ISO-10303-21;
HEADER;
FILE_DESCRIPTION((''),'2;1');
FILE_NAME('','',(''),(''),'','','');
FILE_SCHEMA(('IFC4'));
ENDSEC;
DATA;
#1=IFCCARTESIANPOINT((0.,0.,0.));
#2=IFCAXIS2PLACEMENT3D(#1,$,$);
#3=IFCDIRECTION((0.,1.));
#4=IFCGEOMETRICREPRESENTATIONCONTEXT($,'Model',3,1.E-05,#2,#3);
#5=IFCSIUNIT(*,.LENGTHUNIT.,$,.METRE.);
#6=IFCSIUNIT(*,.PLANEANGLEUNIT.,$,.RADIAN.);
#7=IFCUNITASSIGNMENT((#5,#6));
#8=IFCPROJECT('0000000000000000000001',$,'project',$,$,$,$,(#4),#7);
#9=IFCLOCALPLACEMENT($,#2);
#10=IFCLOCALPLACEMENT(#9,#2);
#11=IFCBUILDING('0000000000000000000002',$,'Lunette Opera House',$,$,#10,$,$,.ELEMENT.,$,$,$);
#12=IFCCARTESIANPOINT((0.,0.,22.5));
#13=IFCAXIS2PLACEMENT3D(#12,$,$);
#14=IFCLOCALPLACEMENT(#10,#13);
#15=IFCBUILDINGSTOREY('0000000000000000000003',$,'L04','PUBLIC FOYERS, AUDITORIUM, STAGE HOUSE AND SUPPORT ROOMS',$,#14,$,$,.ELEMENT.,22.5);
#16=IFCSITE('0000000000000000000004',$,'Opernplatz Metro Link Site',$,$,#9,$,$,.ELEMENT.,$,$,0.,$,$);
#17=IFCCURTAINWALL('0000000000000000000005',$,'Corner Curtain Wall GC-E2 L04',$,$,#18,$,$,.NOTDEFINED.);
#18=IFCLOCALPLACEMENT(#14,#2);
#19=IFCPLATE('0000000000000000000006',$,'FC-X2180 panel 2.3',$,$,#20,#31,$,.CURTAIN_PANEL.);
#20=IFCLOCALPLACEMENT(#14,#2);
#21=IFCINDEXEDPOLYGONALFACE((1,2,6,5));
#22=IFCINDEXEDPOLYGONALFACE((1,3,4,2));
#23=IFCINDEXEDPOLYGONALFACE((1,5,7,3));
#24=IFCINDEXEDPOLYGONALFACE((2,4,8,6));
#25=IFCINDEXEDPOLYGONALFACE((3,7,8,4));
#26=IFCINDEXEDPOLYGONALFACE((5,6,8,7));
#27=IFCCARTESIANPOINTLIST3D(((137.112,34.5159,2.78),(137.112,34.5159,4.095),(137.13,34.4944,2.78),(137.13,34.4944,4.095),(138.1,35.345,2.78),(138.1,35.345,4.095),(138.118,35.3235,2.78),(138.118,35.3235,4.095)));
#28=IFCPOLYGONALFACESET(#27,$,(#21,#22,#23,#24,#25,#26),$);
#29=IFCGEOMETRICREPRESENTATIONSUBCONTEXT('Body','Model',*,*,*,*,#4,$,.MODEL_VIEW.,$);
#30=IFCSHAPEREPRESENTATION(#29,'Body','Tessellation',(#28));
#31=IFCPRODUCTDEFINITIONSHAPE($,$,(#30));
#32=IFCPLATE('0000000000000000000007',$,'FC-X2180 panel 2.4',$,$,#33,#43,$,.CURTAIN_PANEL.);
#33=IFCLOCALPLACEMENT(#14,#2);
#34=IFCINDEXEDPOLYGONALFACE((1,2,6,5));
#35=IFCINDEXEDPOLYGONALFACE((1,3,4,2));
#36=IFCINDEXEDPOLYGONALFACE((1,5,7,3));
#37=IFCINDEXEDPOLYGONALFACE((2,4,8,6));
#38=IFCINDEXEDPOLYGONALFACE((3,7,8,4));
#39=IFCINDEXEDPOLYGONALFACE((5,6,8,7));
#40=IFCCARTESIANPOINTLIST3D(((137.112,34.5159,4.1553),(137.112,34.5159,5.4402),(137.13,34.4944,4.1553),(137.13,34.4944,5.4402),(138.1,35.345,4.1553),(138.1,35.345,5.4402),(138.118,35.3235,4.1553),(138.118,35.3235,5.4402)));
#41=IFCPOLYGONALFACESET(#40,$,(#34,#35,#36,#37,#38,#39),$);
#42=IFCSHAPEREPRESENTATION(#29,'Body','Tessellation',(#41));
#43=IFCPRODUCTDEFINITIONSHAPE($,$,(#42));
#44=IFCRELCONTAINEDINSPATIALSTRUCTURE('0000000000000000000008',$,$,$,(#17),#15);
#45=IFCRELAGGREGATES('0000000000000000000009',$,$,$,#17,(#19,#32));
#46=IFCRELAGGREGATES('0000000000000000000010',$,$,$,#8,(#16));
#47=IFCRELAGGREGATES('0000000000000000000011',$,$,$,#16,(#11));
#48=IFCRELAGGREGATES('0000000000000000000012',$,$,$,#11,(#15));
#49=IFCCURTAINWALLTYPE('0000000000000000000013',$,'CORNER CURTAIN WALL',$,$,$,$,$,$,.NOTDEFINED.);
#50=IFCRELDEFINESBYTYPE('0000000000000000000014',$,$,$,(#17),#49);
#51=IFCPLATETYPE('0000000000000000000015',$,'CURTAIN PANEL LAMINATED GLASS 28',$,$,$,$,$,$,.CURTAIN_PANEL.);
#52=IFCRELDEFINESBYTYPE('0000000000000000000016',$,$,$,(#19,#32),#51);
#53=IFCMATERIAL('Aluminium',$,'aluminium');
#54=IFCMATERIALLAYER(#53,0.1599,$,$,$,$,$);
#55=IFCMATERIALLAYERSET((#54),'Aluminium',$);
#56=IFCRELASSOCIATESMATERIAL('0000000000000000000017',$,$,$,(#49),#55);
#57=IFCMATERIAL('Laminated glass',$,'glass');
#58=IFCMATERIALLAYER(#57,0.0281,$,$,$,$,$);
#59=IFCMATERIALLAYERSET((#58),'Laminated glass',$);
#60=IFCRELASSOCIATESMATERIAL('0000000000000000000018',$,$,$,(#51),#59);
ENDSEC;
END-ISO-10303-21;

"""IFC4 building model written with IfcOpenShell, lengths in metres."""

from ifc_helpers import new_model, si_unit, direction, frame, origin, origin_2d, place, context, subcontext, project, spatial, rectangle, extrude, material, layer, layer_set, type_object, element, aggregate, save


model = new_model("IFC4")

# Units and contexts
model_context = context("Model", 3, precision=1e-05, world=origin(), true_north=direction((0.0, 1.0)))
body_context = subcontext(model_context, "Body", "Model", "MODEL_VIEW")
ifc_project = project(units=[si_unit("LENGTHUNIT", "METRE"), si_unit("PLANEANGLEUNIT", "RADIAN")], contexts=[model_context])

# Site, building, storey
site_placement = place(None, origin())
site = spatial("IfcSite", under=ifc_project, at=site_placement, Name="Opernplatz Metro Link Site", CompositionType="ELEMENT", RefElevation=0.0)
building_placement = place(site_placement, origin())
building = spatial("IfcBuilding", under=site, at=building_placement, Name="Lunette Opera House", CompositionType="ELEMENT")
storey_placement = place(building_placement, frame((0.0, 0.0, 22.5)))
storey = spatial("IfcBuildingStorey", under=building, at=storey_placement, Name="L04", Description="PUBLIC FOYERS, AUDITORIUM, STAGE HOUSE AND SUPPORT ROOMS", CompositionType="ELEMENT", Elevation=22.5)

# Curtain wall
ifc_material_1 = material(Name="Aluminium", Category="aluminium")
ifc_layer_1 = layer(ifc_material_1, 0.1599)
ifc_layer_set_1 = layer_set([ifc_layer_1], Name="Aluminium")
curtain_wall_type = type_object("IfcCurtainWallType", Name="CORNER CURTAIN WALL", PredefinedType="NOTDEFINED", material=ifc_layer_set_1)
curtain_wall_1_placement = place(storey_placement, origin())
curtain_wall_1 = element("IfcCurtainWall", 1, at=curtain_wall_1_placement, inside=storey, type_object=curtain_wall_type, Name="Corner Curtain Wall GC-E2 L04", PredefinedType="NOTDEFINED")

# Plates
ifc_material_2 = material(Name="Laminated glass", Category="glass")
ifc_layer_2 = layer(ifc_material_2, 0.0281)
ifc_layer_set_2 = layer_set([ifc_layer_2], Name="Laminated glass")
plate_type = type_object("IfcPlateType", Name="CURTAIN PANEL LAMINATED GLASS 28", PredefinedType="CURTAIN_PANEL", material=ifc_layer_set_2)
plate_1_placement = place(storey_placement, frame((137.615, 34.9197, 2.78), z_axis=(0.0, 0.0, 1.0), x_axis=(0.766, 0.64284, 0.0)))
plate_1 = element("IfcPlate", 2, at=plate_1_placement, type_object=plate_type, Name="FC-X2180 panel 2.3", PredefinedType="CURTAIN_PANEL", context=body_context, shape_type="SweptSolid", body=[
    extrude(rectangle(XDim=1.2898, YDim=0.0281, at=origin_2d()), origin(), (0.0, 0.0, 1.0), 1.3149),
])
plate_2_placement = place(storey_placement, frame((137.615, 34.9197, 4.1553), z_axis=(0.0, 0.0, 1.0), x_axis=(0.766, 0.64284, 0.0)))
plate_2 = element("IfcPlate", 3, at=plate_2_placement, type_object=plate_type, Name="FC-X2180 panel 2.4", PredefinedType="CURTAIN_PANEL", context=body_context, shape_type="SweptSolid", body=[
    extrude(rectangle(XDim=1.2898, YDim=0.0281, at=origin_2d()), origin(), (0.0, 0.0, 1.0), 1.2849),
])
aggregate(curtain_wall_1, [plate_1, plate_2])

save(model, "model.ifc")
